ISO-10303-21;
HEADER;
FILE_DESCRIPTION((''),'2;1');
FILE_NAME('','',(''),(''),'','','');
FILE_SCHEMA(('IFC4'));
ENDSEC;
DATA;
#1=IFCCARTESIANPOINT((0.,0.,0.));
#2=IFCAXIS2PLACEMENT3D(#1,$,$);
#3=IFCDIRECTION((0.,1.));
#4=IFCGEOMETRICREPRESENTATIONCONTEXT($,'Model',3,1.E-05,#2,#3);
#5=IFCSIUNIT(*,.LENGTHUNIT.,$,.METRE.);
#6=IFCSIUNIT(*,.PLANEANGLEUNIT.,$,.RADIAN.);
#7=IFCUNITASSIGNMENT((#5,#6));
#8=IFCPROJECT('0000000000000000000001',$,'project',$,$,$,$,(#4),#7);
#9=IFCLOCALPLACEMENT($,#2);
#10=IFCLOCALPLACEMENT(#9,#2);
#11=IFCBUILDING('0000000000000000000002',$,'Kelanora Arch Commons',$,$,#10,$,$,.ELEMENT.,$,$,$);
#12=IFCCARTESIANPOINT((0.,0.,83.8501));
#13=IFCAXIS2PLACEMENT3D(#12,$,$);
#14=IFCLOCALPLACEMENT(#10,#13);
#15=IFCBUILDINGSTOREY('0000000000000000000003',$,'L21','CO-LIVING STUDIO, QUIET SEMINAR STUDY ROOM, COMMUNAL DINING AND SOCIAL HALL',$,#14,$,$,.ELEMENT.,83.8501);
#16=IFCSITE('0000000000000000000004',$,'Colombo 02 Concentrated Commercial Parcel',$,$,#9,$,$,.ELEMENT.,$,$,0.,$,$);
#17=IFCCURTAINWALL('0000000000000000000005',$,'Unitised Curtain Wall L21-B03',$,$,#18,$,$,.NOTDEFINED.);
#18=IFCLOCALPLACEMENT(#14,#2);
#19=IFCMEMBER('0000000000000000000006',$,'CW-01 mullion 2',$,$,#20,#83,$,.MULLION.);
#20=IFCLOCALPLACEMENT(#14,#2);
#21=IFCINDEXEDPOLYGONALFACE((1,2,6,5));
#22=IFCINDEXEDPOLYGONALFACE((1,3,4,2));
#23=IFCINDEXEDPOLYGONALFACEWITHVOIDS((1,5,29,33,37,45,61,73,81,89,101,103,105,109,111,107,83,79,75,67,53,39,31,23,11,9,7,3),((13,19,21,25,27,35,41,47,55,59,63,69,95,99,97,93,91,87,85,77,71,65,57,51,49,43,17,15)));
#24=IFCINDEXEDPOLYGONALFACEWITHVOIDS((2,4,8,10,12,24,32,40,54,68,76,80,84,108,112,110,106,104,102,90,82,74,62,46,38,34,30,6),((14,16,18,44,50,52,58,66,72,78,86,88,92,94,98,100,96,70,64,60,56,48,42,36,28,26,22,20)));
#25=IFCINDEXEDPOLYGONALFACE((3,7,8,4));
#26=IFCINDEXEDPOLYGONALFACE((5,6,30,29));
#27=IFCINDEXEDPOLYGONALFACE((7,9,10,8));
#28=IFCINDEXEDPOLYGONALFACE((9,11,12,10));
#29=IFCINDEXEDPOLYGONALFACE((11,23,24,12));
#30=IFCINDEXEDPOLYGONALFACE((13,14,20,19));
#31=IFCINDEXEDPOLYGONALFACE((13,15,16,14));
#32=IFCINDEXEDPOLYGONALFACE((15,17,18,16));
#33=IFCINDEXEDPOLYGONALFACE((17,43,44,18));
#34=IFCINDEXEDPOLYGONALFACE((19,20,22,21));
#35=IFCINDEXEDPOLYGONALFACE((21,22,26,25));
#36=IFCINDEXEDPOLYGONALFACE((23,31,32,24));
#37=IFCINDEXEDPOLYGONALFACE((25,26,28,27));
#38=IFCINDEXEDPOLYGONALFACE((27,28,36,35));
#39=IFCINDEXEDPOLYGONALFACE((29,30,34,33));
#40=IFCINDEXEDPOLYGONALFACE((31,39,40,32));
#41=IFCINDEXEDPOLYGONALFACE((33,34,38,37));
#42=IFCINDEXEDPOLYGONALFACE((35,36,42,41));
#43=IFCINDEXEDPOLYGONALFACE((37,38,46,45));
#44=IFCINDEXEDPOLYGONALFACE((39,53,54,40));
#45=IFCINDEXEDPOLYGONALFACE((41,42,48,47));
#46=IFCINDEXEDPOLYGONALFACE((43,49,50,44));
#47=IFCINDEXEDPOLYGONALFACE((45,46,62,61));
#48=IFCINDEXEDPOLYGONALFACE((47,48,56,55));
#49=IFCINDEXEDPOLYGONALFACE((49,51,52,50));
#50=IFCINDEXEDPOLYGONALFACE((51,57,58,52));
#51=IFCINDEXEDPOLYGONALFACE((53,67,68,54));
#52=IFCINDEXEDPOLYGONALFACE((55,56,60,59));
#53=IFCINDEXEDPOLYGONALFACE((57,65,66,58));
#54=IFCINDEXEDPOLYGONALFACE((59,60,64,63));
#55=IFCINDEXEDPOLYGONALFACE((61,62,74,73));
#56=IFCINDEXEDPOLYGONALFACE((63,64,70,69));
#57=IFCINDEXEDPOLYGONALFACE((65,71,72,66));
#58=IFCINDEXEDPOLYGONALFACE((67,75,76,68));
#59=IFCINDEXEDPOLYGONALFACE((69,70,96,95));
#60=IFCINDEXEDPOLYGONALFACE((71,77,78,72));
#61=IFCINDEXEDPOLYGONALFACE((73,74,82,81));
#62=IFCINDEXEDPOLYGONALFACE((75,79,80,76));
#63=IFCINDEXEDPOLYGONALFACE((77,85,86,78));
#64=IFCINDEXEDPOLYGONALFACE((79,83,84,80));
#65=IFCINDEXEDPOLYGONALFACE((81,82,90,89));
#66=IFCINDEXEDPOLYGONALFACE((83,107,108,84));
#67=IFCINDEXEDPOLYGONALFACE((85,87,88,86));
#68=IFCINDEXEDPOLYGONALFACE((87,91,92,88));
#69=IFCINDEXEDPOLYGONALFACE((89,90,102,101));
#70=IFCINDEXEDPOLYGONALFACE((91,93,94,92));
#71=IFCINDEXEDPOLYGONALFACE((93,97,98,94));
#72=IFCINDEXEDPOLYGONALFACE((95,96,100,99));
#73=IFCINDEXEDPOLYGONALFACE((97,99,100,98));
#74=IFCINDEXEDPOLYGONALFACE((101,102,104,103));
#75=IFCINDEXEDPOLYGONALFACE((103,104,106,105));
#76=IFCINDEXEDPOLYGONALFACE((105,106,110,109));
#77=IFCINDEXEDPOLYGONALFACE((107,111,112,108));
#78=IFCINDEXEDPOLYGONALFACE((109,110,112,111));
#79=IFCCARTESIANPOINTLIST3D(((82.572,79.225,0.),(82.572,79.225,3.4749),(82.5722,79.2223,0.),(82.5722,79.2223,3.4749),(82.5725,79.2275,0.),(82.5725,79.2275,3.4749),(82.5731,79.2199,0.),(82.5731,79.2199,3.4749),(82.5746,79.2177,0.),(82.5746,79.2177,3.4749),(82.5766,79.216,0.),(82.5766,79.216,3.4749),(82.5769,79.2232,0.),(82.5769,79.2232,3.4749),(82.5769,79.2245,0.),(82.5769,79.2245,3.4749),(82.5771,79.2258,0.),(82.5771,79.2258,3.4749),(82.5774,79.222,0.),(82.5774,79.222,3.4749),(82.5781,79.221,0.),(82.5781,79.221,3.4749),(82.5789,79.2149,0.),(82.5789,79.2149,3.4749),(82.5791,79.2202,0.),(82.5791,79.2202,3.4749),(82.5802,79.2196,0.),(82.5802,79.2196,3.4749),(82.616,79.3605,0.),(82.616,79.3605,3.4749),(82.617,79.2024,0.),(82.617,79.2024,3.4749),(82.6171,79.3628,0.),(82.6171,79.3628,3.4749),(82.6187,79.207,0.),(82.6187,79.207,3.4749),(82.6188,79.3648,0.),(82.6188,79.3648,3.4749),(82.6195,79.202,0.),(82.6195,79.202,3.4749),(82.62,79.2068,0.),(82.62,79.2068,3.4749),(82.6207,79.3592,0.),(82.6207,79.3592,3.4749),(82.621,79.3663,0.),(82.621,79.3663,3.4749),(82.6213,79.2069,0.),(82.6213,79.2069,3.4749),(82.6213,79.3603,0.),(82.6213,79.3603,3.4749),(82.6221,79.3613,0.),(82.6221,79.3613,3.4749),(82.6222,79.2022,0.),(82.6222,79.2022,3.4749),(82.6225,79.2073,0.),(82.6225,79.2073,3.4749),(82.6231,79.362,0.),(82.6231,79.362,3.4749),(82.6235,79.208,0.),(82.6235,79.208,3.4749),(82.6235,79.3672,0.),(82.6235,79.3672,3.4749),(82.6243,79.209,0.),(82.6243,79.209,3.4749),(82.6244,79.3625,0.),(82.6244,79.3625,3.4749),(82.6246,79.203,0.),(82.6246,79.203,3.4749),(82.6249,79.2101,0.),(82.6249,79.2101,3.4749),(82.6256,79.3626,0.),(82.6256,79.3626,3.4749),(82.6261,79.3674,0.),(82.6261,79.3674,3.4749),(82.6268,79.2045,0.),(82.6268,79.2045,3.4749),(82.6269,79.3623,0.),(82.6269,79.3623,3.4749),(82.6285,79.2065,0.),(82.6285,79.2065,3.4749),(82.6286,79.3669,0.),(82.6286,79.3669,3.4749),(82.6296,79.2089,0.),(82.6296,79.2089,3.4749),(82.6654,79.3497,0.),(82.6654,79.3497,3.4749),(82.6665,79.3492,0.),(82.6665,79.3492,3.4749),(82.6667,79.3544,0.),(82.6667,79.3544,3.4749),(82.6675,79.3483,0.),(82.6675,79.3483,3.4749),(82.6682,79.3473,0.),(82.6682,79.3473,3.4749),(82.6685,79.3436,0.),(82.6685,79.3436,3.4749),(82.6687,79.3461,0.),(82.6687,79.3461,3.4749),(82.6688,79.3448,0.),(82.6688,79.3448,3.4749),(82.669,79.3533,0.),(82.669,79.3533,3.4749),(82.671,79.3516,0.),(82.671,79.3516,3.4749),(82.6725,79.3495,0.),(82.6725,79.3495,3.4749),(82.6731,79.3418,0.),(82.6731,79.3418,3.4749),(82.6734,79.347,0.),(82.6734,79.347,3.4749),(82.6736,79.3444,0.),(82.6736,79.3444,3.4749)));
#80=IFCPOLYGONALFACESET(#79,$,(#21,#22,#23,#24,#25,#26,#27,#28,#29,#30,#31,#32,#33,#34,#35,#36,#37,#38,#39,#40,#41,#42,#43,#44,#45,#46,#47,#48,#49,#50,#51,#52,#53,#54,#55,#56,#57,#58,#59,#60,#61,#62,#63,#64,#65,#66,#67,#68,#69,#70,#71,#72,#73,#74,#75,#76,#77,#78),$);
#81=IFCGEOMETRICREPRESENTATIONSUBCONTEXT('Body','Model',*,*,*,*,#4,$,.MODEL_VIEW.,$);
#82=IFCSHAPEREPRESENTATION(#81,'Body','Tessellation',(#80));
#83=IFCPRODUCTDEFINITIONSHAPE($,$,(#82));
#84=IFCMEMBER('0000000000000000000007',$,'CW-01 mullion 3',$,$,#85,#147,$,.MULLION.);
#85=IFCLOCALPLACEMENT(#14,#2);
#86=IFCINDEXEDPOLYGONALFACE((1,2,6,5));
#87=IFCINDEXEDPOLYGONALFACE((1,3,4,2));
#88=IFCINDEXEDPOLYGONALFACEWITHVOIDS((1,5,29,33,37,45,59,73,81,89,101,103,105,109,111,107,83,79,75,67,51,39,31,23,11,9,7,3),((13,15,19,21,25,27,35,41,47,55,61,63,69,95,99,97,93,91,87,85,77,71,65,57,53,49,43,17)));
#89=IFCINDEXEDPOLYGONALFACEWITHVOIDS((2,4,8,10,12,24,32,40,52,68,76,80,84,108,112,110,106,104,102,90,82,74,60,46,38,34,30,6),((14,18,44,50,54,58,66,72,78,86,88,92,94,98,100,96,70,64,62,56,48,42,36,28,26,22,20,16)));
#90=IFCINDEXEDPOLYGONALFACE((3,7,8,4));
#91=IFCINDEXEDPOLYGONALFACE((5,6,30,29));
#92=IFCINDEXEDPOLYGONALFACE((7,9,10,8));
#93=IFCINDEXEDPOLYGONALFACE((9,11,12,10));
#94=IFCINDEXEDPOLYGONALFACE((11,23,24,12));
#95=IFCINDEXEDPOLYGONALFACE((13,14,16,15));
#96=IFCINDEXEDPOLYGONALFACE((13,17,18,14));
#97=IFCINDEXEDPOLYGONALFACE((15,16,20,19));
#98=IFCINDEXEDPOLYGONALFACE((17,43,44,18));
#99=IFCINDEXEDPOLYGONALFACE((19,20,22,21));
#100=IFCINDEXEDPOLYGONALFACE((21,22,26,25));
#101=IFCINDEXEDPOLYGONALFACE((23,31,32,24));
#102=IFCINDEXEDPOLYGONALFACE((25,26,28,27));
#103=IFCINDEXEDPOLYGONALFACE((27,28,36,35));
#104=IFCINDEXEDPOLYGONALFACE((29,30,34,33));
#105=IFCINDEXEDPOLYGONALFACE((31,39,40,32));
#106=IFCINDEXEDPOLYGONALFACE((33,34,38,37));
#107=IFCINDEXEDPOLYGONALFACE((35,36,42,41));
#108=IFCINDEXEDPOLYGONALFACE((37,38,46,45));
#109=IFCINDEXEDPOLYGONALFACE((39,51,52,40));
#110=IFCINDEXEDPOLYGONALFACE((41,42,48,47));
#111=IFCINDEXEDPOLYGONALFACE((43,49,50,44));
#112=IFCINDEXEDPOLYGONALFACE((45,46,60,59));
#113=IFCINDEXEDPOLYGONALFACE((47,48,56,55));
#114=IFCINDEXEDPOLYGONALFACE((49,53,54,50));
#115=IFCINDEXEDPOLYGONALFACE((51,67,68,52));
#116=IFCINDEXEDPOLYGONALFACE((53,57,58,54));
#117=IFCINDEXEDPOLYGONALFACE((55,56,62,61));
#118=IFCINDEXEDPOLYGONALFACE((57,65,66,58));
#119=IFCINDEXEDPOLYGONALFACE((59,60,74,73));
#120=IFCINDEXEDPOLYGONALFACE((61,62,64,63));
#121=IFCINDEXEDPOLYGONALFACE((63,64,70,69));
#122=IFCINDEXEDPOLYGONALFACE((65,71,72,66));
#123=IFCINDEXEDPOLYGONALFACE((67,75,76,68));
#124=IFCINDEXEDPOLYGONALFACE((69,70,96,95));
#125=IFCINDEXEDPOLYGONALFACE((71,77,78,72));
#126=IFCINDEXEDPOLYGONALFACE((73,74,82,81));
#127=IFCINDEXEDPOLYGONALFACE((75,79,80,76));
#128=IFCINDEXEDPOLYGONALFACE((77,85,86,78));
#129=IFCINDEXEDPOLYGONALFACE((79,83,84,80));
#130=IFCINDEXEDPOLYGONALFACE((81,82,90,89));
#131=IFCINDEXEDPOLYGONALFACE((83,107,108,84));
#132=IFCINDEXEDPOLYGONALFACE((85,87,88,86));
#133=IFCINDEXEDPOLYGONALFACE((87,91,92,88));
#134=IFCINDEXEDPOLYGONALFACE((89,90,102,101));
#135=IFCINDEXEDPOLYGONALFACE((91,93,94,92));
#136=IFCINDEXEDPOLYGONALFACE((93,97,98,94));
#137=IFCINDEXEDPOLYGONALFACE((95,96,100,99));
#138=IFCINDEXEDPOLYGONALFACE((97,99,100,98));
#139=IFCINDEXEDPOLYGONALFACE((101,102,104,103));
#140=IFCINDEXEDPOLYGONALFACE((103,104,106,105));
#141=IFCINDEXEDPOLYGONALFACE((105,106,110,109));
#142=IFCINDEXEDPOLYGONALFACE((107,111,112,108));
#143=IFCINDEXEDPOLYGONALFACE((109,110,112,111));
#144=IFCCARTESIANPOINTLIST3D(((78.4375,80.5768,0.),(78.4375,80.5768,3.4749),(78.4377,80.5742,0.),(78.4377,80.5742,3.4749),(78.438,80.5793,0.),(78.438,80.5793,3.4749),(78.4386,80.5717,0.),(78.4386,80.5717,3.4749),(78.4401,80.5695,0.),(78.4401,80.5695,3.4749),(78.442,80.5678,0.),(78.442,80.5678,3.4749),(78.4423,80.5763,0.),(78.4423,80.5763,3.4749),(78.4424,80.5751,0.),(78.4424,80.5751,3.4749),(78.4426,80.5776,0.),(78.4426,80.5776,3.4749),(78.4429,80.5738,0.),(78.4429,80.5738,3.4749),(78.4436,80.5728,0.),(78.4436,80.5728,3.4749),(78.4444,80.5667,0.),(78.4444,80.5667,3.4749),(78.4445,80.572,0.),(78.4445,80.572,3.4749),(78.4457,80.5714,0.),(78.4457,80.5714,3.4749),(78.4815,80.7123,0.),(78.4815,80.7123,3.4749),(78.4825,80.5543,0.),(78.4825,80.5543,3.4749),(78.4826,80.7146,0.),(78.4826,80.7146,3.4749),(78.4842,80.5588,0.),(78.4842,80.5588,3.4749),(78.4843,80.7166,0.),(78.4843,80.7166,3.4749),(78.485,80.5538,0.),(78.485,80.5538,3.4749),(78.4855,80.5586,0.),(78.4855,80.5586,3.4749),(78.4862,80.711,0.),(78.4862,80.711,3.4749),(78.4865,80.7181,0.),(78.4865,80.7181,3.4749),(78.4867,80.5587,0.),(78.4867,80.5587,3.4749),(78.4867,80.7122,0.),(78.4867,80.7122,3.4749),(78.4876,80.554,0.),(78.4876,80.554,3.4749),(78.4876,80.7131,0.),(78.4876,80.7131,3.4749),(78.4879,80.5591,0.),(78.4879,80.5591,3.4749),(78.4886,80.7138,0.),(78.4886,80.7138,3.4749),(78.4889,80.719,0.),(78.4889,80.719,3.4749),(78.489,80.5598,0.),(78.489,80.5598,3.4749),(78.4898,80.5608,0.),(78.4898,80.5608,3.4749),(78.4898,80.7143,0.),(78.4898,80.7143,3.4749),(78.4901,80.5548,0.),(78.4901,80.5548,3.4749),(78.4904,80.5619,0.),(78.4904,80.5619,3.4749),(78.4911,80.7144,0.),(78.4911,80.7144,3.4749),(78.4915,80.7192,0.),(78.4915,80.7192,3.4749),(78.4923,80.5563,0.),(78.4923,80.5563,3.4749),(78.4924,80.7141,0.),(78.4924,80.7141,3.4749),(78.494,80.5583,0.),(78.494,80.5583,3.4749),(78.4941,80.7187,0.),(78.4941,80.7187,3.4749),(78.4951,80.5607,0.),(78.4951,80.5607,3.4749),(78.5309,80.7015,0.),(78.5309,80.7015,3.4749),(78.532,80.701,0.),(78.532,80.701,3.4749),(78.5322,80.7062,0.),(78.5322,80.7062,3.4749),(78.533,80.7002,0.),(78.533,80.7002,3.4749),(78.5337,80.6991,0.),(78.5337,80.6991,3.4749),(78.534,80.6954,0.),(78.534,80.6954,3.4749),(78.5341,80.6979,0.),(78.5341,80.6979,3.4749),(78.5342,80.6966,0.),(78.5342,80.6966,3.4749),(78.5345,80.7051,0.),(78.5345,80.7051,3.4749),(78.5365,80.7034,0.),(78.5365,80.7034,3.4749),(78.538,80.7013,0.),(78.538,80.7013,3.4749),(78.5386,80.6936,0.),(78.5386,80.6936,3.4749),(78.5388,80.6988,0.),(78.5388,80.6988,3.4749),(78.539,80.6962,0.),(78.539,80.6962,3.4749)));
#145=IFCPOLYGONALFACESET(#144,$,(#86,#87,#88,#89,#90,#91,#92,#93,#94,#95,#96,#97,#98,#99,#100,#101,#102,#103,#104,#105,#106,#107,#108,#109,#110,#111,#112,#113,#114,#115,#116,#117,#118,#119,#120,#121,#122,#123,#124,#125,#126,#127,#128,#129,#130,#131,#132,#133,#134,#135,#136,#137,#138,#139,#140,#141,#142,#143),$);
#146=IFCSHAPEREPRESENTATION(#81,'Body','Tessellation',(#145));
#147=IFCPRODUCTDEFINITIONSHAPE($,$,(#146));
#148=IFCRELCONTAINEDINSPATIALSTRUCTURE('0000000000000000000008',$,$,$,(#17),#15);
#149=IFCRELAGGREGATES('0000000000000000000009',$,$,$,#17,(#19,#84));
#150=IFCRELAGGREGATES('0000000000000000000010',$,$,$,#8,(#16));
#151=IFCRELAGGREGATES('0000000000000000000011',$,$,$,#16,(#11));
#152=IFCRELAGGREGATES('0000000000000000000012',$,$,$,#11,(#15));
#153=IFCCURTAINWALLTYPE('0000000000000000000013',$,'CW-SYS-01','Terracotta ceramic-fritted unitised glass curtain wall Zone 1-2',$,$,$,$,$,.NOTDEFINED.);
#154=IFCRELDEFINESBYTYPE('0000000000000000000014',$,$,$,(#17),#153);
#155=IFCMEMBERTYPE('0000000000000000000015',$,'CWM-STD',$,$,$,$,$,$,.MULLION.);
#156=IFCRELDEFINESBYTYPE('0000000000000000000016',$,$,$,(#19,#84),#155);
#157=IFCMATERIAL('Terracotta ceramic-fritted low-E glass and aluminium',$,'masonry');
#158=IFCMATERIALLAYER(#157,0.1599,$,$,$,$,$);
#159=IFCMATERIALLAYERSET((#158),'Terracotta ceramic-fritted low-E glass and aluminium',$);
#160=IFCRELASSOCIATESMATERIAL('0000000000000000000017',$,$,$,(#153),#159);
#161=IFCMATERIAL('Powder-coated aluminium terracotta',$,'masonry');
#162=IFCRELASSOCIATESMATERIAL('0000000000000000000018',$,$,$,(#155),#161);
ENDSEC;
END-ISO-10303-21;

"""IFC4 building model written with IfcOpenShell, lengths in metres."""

from ifc_helpers import new_model, si_unit, direction, frame, origin, origin_2d, place, context, subcontext, project, spatial, hollow_rectangle, extrude, material, layer, layer_set, material_profile, profile_set, type_object, element, aggregate, save


model = new_model("IFC4")

# Units and contexts
model_context = context("Model", 3, precision=1e-05, world=origin(), true_north=direction((0.0, 1.0)))
body_context = subcontext(model_context, "Body", "Model", "MODEL_VIEW")
ifc_project = project(units=[si_unit("LENGTHUNIT", "METRE"), si_unit("PLANEANGLEUNIT", "RADIAN")], contexts=[model_context])

# Site, building, storey
site_placement = place(None, origin())
site = spatial("IfcSite", under=ifc_project, at=site_placement, Name="Colombo 02 Concentrated Commercial Parcel", CompositionType="ELEMENT", RefElevation=0.0)
building_placement = place(site_placement, origin())
building = spatial("IfcBuilding", under=site, at=building_placement, Name="Kelanora Arch Commons", CompositionType="ELEMENT")
storey_placement = place(building_placement, frame((0.0, 0.0, 83.8501)))
storey = spatial("IfcBuildingStorey", under=building, at=storey_placement, Name="L21", Description="CO-LIVING STUDIO, QUIET SEMINAR STUDY ROOM, COMMUNAL DINING AND SOCIAL HALL", CompositionType="ELEMENT", Elevation=83.8501)

# Curtain wall, members
ifc_material_1 = material(Name="Terracotta ceramic-fritted low-E glass and aluminium", Category="masonry")
ifc_layer_1 = layer(ifc_material_1, 0.1599)
ifc_layer_set_1 = layer_set([ifc_layer_1], Name="Terracotta ceramic-fritted low-E glass and aluminium")
curtain_wall_type = type_object("IfcCurtainWallType", Name="CW-SYS-01", Description="Terracotta ceramic-fritted unitised glass curtain wall Zone 1-2", PredefinedType="NOTDEFINED", material=ifc_layer_set_1)
curtain_wall_placement = place(storey_placement, origin())
curtain_wall = element("IfcCurtainWall", 1, at=curtain_wall_placement, inside=storey, type_object=curtain_wall_type, Name="Unitised Curtain Wall L21-B03", PredefinedType="NOTDEFINED")
ifc_material_2 = material(Name="Powder-coated aluminium terracotta", Category="masonry")
ifc_material_profile_1 = material_profile(ifc_material_2, hollow_rectangle(XDim=0.1599, YDim=0.0601, WallThickness=0.0049, InnerFilletRadius=0.0049, OuterFilletRadius=0.01, at=origin_2d()), Name="CWM160x60")
ifc_profile_set_1 = profile_set([ifc_material_profile_1], Name="Powder-coated aluminium terracotta")
member_type_1 = type_object("IfcMemberType", Name="CWM-STD", PredefinedType="MULLION", material=ifc_profile_set_1)
member_1_placement = place(storey_placement, frame((82.6228, 79.2847, 0.0), z_axis=(0.0, 0.0, 1.0), x_axis=(-0.310805, -0.950474, 0.0)))
member_1 = element("IfcMember", 2, at=member_1_placement, type_object=member_type_1, Name="CW-01 mullion 2", PredefinedType="MULLION", context=body_context, shape_type="SweptSolid", body=[
    extrude(hollow_rectangle(XDim=0.1599, YDim=0.0601, WallThickness=0.0049, InnerFilletRadius=0.0049, OuterFilletRadius=0.01, at=origin_2d()), origin(), (0.0, 0.0, 1.0), 3.4749),
])
member_2_placement = place(storey_placement, frame((78.4883, 80.6365, 0.0), z_axis=(0.0, 0.0, 1.0), x_axis=(-0.310805, -0.950474, 0.0)))
member_2 = element("IfcMember", 3, at=member_2_placement, type_object=member_type_1, Name="CW-01 mullion 3", PredefinedType="MULLION", context=body_context, shape_type="SweptSolid", body=[
    extrude(hollow_rectangle(XDim=0.1599, YDim=0.0601, WallThickness=0.0049, InnerFilletRadius=0.0049, OuterFilletRadius=0.01, at=origin_2d()), origin(), (0.0, 0.0, 1.0), 3.4749),
])
aggregate(curtain_wall, [member_1, member_2])

save(model, "model.ifc")
